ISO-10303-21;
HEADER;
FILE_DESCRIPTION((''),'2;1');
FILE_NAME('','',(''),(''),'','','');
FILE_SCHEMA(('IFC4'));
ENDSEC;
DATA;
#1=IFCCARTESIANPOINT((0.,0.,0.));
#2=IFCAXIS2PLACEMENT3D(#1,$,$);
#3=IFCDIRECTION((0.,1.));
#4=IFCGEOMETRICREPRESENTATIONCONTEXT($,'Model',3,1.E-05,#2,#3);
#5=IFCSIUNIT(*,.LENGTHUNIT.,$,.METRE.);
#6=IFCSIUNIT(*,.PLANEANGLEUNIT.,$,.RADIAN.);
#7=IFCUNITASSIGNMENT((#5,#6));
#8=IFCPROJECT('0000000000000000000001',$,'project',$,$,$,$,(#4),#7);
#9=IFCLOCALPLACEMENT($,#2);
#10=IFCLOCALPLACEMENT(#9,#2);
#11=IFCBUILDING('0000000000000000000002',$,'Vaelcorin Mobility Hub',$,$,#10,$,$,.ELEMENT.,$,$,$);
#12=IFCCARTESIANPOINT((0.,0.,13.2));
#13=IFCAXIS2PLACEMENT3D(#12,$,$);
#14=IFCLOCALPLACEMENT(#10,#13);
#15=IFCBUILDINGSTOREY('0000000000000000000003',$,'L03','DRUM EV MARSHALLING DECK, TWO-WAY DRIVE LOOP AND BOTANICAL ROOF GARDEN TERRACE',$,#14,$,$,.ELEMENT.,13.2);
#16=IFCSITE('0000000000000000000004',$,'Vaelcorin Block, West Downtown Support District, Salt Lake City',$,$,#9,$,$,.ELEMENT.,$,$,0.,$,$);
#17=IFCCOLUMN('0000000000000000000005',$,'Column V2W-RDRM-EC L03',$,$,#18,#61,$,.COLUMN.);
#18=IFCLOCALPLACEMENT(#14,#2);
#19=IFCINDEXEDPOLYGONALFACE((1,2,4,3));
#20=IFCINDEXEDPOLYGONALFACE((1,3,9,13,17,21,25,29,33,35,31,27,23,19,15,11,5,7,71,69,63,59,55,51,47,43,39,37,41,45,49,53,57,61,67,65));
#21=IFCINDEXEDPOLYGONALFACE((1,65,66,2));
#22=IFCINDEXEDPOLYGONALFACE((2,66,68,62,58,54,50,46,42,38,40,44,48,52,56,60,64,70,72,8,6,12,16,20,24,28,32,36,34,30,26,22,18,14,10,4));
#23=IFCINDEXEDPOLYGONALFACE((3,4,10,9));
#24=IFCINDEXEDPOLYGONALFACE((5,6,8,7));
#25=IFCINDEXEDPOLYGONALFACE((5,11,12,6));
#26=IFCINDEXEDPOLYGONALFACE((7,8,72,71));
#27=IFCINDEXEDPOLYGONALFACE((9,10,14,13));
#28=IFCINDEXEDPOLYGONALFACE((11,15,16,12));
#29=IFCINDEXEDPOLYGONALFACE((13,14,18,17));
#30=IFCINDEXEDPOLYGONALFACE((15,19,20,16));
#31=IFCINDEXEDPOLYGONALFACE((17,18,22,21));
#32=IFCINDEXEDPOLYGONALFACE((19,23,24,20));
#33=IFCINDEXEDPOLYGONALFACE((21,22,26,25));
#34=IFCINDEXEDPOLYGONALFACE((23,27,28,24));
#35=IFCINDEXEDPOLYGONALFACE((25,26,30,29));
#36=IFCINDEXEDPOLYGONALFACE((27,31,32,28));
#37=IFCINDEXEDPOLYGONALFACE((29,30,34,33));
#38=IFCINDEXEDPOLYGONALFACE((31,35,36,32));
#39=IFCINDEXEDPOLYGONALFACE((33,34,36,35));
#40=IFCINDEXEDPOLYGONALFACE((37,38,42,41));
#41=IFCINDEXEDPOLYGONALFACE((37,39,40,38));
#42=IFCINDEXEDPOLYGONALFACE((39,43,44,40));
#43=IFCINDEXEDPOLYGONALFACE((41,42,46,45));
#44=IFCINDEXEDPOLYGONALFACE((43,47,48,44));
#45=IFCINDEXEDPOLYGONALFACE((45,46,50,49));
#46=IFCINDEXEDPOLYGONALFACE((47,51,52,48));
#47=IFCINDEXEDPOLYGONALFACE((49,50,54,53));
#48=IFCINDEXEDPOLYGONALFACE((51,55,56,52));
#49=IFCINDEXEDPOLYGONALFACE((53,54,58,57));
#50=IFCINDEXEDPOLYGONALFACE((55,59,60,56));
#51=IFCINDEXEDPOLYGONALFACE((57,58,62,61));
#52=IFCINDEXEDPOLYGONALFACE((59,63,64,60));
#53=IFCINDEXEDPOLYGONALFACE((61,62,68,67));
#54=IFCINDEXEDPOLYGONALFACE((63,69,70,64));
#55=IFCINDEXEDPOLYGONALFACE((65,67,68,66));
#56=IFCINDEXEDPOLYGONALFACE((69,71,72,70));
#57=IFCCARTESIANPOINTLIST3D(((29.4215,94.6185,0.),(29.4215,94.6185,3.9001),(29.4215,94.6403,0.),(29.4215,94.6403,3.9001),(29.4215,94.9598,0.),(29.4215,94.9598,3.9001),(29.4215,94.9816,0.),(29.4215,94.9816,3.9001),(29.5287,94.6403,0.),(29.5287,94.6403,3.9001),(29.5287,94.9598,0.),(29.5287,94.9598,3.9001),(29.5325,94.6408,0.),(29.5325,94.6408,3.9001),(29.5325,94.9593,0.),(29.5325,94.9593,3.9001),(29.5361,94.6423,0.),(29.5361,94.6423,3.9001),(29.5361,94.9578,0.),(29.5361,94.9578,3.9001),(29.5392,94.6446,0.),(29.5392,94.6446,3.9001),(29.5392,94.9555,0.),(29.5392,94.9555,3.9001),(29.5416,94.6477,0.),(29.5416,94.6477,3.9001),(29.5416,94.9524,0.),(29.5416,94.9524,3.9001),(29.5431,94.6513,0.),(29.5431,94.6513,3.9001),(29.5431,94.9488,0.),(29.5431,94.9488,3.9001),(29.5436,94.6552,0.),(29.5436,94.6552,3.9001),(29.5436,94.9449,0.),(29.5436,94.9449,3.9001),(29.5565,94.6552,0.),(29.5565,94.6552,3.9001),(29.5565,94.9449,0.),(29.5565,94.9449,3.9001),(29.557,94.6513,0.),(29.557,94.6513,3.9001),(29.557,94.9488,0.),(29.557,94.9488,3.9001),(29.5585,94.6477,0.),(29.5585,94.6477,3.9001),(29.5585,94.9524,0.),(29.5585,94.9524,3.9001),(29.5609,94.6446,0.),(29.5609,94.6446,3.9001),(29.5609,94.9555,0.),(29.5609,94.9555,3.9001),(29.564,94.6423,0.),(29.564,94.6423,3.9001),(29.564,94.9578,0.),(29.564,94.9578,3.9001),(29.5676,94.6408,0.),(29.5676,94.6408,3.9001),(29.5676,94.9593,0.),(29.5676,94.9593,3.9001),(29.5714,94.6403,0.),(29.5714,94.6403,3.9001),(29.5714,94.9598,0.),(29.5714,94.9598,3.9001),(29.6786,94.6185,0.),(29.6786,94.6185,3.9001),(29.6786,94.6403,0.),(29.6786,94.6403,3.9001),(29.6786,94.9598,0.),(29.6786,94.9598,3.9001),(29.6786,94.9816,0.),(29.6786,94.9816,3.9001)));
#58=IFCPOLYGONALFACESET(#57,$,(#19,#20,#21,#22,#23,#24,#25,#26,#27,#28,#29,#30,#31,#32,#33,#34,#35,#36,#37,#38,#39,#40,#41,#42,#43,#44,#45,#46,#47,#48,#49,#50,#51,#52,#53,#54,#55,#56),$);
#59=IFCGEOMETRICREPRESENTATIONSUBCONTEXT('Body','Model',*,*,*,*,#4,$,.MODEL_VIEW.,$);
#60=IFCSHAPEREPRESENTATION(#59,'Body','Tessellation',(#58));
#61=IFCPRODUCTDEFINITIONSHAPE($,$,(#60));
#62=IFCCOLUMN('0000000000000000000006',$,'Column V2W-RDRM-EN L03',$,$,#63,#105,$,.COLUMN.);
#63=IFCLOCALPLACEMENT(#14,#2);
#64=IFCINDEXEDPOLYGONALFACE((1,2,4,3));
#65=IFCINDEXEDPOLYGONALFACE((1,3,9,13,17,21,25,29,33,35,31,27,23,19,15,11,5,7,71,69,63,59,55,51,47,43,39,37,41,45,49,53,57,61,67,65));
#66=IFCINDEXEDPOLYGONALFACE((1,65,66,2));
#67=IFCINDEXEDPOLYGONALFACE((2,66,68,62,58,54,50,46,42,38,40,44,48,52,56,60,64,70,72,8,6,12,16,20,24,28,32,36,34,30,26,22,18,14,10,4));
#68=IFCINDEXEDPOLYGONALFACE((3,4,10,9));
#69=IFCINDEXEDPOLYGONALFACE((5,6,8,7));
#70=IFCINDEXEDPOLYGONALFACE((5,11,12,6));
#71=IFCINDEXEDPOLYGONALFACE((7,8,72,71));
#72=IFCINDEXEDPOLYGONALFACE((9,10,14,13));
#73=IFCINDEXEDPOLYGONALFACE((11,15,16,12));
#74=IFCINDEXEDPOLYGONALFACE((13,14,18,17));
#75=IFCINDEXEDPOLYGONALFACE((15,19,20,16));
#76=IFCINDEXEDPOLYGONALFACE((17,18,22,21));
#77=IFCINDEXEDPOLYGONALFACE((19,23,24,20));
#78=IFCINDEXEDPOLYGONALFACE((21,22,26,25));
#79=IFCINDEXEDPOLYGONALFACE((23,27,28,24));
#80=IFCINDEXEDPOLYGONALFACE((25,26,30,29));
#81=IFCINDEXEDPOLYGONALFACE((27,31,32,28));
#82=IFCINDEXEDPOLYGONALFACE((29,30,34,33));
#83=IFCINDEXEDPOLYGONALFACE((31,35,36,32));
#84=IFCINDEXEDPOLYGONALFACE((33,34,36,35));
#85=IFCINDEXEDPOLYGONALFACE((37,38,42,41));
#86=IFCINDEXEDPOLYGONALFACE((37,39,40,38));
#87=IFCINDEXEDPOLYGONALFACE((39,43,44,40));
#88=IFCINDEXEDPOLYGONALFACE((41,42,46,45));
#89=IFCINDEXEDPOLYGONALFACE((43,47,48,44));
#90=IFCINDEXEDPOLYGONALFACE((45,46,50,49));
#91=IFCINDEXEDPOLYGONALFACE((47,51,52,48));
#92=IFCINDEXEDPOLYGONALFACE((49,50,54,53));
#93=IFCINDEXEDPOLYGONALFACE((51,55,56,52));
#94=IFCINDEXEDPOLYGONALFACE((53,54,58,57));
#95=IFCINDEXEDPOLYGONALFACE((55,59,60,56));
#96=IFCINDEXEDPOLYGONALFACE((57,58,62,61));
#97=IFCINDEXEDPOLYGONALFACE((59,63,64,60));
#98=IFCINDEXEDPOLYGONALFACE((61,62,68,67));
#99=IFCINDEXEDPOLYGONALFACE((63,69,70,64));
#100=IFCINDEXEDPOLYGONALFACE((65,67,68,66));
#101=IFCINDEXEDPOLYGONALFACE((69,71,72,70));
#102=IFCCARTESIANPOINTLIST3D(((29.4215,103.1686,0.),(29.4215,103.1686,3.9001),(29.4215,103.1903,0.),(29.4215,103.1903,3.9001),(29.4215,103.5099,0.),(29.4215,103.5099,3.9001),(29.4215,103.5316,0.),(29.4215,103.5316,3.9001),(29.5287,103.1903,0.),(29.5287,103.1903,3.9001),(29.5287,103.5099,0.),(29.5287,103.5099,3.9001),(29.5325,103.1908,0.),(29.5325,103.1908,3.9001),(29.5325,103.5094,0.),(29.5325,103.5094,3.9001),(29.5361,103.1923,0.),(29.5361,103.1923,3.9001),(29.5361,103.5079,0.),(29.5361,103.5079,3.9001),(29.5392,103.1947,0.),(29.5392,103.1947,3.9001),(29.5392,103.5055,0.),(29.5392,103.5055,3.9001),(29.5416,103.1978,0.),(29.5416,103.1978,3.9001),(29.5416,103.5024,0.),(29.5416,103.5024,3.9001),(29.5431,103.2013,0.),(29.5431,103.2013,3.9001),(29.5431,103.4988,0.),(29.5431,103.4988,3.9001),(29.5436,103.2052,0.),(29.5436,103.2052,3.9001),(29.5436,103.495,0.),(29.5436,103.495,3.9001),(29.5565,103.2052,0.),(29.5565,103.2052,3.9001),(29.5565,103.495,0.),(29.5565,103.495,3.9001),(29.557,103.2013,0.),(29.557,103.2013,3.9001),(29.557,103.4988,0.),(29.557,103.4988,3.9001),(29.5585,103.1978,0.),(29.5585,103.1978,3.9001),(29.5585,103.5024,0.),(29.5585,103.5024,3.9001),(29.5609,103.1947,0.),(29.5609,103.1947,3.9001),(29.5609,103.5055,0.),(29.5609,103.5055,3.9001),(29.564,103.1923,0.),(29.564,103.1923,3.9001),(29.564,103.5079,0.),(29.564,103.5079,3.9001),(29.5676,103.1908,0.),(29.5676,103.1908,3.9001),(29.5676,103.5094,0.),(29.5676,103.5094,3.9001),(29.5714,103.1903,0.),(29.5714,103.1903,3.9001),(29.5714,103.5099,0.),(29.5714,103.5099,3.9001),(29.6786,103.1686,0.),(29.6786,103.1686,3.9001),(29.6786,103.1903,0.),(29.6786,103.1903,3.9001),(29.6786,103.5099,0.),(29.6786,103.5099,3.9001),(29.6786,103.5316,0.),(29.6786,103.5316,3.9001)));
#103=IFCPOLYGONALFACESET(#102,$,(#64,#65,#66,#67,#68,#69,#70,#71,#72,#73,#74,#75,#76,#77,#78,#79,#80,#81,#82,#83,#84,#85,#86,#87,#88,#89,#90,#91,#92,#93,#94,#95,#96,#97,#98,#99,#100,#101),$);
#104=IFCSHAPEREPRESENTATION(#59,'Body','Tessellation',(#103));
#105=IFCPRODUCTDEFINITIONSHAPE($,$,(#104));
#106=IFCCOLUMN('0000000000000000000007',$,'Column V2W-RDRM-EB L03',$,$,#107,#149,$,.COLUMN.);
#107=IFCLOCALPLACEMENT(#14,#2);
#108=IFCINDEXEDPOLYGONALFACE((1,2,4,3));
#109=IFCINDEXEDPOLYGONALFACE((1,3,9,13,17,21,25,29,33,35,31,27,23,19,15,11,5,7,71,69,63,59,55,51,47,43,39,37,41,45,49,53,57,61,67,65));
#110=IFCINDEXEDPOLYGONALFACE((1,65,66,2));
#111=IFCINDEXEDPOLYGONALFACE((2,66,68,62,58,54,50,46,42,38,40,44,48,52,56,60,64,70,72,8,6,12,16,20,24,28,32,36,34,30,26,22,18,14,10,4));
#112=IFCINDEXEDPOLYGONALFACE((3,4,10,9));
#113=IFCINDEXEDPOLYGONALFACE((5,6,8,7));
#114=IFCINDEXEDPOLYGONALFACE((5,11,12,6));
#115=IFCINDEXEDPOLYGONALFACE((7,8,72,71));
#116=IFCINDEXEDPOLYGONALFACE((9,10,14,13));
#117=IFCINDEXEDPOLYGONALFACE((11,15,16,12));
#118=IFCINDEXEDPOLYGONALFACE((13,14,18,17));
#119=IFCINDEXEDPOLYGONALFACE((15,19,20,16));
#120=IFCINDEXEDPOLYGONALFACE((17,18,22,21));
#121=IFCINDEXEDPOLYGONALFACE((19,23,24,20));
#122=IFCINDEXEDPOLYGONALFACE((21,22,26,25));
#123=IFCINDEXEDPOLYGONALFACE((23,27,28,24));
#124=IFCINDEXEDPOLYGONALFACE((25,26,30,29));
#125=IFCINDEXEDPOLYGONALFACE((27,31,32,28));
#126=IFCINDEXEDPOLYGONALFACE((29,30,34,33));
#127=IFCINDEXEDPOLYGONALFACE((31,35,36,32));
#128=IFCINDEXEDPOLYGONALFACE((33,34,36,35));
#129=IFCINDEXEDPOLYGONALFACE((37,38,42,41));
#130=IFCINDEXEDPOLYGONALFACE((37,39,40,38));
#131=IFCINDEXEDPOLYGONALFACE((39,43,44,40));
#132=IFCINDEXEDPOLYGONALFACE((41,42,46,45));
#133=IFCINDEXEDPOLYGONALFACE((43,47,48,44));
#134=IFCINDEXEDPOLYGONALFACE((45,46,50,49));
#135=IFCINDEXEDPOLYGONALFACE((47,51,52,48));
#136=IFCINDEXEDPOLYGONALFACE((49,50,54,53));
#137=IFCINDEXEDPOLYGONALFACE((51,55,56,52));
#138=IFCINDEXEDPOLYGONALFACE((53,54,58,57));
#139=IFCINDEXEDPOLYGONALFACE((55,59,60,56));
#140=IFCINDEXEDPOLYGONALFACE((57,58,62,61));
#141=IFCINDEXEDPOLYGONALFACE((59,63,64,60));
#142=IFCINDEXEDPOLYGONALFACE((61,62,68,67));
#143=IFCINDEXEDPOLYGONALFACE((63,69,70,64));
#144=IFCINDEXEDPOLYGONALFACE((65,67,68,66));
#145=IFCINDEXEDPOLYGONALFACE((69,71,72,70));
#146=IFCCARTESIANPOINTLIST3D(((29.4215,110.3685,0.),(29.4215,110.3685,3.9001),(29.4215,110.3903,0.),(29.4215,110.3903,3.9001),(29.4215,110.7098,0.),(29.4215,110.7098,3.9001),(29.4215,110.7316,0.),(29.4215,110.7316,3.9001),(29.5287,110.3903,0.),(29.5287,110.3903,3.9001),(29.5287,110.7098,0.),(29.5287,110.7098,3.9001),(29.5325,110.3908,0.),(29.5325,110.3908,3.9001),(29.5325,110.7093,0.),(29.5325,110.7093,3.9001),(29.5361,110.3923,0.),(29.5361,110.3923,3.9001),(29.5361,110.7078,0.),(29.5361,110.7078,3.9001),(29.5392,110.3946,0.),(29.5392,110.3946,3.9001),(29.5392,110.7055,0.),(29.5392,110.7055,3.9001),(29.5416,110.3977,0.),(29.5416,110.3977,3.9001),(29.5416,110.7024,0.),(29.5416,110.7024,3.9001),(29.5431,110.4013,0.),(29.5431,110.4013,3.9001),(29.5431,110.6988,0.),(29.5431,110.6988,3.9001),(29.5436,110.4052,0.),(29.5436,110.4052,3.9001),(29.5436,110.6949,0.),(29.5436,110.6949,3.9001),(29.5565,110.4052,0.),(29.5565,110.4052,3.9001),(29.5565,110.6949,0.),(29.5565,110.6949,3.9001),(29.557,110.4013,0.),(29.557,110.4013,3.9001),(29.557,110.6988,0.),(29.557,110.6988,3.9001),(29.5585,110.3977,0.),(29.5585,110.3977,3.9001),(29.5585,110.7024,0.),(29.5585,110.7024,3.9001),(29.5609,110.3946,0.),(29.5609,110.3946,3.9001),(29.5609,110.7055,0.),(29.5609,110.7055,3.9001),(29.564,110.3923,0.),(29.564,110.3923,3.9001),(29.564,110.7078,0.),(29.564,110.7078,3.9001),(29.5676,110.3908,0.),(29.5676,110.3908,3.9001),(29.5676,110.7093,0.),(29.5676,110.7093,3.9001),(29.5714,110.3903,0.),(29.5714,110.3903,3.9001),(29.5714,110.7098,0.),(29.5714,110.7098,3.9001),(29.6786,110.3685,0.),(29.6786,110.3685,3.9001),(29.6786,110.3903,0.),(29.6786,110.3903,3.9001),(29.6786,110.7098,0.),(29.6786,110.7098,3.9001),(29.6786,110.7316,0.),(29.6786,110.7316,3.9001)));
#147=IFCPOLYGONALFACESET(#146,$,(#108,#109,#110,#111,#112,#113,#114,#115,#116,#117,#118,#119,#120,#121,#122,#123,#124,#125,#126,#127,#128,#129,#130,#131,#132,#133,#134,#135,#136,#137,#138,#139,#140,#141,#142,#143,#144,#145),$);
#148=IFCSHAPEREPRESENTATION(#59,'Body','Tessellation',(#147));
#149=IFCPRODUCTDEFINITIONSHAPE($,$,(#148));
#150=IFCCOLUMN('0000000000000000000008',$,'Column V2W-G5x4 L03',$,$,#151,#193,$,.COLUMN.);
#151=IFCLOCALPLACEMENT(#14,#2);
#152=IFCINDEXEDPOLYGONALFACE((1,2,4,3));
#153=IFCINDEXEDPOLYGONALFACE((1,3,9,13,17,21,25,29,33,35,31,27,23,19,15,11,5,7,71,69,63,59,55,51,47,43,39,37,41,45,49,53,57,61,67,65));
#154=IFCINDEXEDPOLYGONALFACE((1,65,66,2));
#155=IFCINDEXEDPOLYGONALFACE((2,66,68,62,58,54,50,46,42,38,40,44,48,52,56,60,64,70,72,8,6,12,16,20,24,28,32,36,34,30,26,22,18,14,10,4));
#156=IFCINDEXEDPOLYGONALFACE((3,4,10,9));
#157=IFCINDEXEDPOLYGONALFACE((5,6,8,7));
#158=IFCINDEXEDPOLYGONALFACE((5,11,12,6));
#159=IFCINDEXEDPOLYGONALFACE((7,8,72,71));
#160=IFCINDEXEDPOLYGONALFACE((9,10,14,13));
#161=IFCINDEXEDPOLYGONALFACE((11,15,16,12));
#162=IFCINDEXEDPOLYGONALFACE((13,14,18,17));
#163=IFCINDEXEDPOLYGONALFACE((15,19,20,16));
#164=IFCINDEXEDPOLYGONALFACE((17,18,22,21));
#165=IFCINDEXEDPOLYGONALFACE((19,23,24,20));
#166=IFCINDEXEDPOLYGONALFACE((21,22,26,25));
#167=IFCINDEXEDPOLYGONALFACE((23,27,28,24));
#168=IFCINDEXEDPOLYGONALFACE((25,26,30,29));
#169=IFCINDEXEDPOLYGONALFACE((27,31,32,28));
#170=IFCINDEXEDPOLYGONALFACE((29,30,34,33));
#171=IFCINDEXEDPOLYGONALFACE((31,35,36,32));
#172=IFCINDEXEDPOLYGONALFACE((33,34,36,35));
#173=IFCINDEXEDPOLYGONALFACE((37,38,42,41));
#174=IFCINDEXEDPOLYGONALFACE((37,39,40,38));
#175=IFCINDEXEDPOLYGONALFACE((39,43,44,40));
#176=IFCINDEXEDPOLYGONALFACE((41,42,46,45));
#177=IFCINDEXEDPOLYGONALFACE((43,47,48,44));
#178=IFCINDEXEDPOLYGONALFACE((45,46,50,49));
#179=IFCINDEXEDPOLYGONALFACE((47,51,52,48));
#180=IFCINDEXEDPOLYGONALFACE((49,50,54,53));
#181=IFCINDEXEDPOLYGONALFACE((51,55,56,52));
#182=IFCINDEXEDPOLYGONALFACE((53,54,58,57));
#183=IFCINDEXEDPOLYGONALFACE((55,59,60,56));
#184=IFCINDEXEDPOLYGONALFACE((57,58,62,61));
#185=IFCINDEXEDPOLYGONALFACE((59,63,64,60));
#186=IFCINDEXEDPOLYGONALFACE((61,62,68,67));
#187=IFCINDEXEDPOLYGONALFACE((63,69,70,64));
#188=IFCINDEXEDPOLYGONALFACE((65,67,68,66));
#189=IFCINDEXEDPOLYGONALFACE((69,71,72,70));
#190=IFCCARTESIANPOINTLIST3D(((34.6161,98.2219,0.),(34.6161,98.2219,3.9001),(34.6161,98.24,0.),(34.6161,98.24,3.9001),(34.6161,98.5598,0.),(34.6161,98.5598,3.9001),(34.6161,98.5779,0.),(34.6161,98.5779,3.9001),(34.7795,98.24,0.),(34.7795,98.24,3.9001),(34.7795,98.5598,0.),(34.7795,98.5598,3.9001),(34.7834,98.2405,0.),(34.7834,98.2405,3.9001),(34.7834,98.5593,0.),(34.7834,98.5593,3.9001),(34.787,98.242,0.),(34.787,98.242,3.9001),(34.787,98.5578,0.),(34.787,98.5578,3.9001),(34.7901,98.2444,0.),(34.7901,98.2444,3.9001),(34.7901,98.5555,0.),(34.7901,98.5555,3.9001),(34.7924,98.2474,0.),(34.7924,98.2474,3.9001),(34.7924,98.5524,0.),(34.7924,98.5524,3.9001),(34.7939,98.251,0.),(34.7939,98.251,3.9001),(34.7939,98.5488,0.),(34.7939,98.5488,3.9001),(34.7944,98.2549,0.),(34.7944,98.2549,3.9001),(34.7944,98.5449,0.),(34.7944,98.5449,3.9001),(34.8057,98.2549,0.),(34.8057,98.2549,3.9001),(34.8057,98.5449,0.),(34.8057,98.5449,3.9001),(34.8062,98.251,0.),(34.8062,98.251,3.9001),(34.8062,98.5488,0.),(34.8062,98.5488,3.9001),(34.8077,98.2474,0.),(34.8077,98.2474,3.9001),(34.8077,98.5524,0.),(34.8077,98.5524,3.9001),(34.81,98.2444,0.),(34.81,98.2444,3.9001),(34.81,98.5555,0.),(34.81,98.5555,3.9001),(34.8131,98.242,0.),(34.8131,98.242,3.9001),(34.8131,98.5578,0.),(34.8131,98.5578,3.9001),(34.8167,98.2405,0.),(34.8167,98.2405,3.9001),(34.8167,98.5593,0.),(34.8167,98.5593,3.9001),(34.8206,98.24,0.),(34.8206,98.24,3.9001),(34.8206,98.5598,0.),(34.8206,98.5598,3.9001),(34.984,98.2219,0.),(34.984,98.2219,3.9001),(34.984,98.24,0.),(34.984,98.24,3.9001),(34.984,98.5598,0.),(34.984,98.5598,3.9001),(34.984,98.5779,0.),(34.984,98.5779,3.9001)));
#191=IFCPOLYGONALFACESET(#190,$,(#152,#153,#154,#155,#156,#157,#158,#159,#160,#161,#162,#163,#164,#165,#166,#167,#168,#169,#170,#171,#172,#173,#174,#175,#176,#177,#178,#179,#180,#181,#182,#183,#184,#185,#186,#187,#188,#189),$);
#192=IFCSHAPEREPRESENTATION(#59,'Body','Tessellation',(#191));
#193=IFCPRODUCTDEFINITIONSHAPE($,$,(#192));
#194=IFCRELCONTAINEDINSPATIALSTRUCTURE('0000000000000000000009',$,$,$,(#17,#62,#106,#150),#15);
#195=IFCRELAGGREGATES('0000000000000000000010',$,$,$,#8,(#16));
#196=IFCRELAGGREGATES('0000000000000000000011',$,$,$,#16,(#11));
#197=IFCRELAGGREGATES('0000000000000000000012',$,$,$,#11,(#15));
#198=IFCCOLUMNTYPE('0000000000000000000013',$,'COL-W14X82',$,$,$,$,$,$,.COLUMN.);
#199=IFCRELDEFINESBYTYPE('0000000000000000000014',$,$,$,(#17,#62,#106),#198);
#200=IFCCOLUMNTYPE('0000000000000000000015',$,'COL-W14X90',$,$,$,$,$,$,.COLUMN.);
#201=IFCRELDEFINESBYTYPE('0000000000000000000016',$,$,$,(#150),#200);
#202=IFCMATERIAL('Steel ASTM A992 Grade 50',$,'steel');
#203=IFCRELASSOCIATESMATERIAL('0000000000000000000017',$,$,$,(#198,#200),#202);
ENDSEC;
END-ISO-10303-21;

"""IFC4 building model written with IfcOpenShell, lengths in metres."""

from ifc_helpers import new_model, si_unit, direction, frame, origin, origin_2d, place, context, subcontext, project, spatial, i_section, extrude, material, material_profile, profile_set, type_object, element, save


model = new_model("IFC4")

# Units and contexts
model_context = context("Model", 3, precision=1e-05, world=origin(), true_north=direction((0.0, 1.0)))
body_context = subcontext(model_context, "Body", "Model", "MODEL_VIEW")
ifc_project = project(units=[si_unit("LENGTHUNIT", "METRE"), si_unit("PLANEANGLEUNIT", "RADIAN")], contexts=[model_context])

# Site, building, storey
site_placement = place(None, origin())
site = spatial("IfcSite", under=ifc_project, at=site_placement, Name="Vaelcorin Block, West Downtown Support District, Salt Lake City", CompositionType="ELEMENT", RefElevation=0.0)
building_placement = place(site_placement, origin())
building = spatial("IfcBuilding", under=site, at=building_placement, Name="Vaelcorin Mobility Hub", CompositionType="ELEMENT")
storey_placement = place(building_placement, frame((0.0, 0.0, 13.2)))
storey = spatial("IfcBuildingStorey", under=building, at=storey_placement, Name="L03", Description="DRUM EV MARSHALLING DECK, TWO-WAY DRIVE LOOP AND BOTANICAL ROOF GARDEN TERRACE", CompositionType="ELEMENT", Elevation=13.2)

# Columns
ifc_material_1 = material(Name="Steel ASTM A992 Grade 50", Category="steel")
ifc_material_profile_1 = material_profile(ifc_material_1, i_section(OverallWidth=0.2571, OverallDepth=0.363, WebThickness=0.0129, FlangeThickness=0.0217, FilletRadius=0.0149, at=origin_2d()), Name="W14X82")
ifc_profile_set_1 = profile_set([ifc_material_profile_1], Name="Steel ASTM A992 Grade 50")
column_type_1 = type_object("IfcColumnType", Name="COL-W14X82", PredefinedType="COLUMN", material=ifc_profile_set_1)
for number, where, z_axis, x_axis, name in (
    (1, (29.55, 94.8, 0.0), (0.0, 0.0, 1.0), (1.0, 0.0, 0.0), "Column V2W-RDRM-EC L03"),
    (2, (29.55, 103.3501, 0.0), (0.0, 0.0, 1.0), (1.0, 0.0, 0.0), "Column V2W-RDRM-EN L03"),
    (3, (29.55, 110.55, 0.0), (0.0, 0.0, 1.0), (1.0, 0.0, 0.0), "Column V2W-RDRM-EB L03"),
):
    element("IfcColumn", number, at=place(storey_placement, frame(where, z_axis=z_axis, x_axis=x_axis)), inside=storey, type_object=column_type_1, Name=name, PredefinedType="COLUMN", context=body_context, shape_type="SweptSolid", body=[
        extrude(i_section(OverallWidth=0.2571, OverallDepth=0.363, WebThickness=0.0129, FlangeThickness=0.0217, FilletRadius=0.0149, at=origin_2d()), origin(), (0.0, 0.0, 1.0), 3.9001),
    ])
ifc_material_profile_2 = material_profile(ifc_material_1, i_section(OverallWidth=0.3679, OverallDepth=0.356, WebThickness=0.0112, FlangeThickness=0.0181, FilletRadius=0.0149, at=origin_2d()), Name="W14X90")
ifc_profile_set_2 = profile_set([ifc_material_profile_2], Name="Steel ASTM A992 Grade 50")
column_type_2 = type_object("IfcColumnType", Name="COL-W14X90", PredefinedType="COLUMN", material=ifc_profile_set_2)
for number, where, z_axis, x_axis, name in (
    (4, (34.8, 98.3999, 0.0), (0.0, 0.0, 1.0), (1.0, 0.0, 0.0), "Column V2W-G5x4 L03"),
):
    element("IfcColumn", number, at=place(storey_placement, frame(where, z_axis=z_axis, x_axis=x_axis)), inside=storey, type_object=column_type_2, Name=name, PredefinedType="COLUMN", context=body_context, shape_type="SweptSolid", body=[
        extrude(i_section(OverallWidth=0.3679, OverallDepth=0.356, WebThickness=0.0112, FlangeThickness=0.0181, FilletRadius=0.0149, at=origin_2d()), origin(), (0.0, 0.0, 1.0), 3.9001),
    ])

save(model, "model.ifc")
